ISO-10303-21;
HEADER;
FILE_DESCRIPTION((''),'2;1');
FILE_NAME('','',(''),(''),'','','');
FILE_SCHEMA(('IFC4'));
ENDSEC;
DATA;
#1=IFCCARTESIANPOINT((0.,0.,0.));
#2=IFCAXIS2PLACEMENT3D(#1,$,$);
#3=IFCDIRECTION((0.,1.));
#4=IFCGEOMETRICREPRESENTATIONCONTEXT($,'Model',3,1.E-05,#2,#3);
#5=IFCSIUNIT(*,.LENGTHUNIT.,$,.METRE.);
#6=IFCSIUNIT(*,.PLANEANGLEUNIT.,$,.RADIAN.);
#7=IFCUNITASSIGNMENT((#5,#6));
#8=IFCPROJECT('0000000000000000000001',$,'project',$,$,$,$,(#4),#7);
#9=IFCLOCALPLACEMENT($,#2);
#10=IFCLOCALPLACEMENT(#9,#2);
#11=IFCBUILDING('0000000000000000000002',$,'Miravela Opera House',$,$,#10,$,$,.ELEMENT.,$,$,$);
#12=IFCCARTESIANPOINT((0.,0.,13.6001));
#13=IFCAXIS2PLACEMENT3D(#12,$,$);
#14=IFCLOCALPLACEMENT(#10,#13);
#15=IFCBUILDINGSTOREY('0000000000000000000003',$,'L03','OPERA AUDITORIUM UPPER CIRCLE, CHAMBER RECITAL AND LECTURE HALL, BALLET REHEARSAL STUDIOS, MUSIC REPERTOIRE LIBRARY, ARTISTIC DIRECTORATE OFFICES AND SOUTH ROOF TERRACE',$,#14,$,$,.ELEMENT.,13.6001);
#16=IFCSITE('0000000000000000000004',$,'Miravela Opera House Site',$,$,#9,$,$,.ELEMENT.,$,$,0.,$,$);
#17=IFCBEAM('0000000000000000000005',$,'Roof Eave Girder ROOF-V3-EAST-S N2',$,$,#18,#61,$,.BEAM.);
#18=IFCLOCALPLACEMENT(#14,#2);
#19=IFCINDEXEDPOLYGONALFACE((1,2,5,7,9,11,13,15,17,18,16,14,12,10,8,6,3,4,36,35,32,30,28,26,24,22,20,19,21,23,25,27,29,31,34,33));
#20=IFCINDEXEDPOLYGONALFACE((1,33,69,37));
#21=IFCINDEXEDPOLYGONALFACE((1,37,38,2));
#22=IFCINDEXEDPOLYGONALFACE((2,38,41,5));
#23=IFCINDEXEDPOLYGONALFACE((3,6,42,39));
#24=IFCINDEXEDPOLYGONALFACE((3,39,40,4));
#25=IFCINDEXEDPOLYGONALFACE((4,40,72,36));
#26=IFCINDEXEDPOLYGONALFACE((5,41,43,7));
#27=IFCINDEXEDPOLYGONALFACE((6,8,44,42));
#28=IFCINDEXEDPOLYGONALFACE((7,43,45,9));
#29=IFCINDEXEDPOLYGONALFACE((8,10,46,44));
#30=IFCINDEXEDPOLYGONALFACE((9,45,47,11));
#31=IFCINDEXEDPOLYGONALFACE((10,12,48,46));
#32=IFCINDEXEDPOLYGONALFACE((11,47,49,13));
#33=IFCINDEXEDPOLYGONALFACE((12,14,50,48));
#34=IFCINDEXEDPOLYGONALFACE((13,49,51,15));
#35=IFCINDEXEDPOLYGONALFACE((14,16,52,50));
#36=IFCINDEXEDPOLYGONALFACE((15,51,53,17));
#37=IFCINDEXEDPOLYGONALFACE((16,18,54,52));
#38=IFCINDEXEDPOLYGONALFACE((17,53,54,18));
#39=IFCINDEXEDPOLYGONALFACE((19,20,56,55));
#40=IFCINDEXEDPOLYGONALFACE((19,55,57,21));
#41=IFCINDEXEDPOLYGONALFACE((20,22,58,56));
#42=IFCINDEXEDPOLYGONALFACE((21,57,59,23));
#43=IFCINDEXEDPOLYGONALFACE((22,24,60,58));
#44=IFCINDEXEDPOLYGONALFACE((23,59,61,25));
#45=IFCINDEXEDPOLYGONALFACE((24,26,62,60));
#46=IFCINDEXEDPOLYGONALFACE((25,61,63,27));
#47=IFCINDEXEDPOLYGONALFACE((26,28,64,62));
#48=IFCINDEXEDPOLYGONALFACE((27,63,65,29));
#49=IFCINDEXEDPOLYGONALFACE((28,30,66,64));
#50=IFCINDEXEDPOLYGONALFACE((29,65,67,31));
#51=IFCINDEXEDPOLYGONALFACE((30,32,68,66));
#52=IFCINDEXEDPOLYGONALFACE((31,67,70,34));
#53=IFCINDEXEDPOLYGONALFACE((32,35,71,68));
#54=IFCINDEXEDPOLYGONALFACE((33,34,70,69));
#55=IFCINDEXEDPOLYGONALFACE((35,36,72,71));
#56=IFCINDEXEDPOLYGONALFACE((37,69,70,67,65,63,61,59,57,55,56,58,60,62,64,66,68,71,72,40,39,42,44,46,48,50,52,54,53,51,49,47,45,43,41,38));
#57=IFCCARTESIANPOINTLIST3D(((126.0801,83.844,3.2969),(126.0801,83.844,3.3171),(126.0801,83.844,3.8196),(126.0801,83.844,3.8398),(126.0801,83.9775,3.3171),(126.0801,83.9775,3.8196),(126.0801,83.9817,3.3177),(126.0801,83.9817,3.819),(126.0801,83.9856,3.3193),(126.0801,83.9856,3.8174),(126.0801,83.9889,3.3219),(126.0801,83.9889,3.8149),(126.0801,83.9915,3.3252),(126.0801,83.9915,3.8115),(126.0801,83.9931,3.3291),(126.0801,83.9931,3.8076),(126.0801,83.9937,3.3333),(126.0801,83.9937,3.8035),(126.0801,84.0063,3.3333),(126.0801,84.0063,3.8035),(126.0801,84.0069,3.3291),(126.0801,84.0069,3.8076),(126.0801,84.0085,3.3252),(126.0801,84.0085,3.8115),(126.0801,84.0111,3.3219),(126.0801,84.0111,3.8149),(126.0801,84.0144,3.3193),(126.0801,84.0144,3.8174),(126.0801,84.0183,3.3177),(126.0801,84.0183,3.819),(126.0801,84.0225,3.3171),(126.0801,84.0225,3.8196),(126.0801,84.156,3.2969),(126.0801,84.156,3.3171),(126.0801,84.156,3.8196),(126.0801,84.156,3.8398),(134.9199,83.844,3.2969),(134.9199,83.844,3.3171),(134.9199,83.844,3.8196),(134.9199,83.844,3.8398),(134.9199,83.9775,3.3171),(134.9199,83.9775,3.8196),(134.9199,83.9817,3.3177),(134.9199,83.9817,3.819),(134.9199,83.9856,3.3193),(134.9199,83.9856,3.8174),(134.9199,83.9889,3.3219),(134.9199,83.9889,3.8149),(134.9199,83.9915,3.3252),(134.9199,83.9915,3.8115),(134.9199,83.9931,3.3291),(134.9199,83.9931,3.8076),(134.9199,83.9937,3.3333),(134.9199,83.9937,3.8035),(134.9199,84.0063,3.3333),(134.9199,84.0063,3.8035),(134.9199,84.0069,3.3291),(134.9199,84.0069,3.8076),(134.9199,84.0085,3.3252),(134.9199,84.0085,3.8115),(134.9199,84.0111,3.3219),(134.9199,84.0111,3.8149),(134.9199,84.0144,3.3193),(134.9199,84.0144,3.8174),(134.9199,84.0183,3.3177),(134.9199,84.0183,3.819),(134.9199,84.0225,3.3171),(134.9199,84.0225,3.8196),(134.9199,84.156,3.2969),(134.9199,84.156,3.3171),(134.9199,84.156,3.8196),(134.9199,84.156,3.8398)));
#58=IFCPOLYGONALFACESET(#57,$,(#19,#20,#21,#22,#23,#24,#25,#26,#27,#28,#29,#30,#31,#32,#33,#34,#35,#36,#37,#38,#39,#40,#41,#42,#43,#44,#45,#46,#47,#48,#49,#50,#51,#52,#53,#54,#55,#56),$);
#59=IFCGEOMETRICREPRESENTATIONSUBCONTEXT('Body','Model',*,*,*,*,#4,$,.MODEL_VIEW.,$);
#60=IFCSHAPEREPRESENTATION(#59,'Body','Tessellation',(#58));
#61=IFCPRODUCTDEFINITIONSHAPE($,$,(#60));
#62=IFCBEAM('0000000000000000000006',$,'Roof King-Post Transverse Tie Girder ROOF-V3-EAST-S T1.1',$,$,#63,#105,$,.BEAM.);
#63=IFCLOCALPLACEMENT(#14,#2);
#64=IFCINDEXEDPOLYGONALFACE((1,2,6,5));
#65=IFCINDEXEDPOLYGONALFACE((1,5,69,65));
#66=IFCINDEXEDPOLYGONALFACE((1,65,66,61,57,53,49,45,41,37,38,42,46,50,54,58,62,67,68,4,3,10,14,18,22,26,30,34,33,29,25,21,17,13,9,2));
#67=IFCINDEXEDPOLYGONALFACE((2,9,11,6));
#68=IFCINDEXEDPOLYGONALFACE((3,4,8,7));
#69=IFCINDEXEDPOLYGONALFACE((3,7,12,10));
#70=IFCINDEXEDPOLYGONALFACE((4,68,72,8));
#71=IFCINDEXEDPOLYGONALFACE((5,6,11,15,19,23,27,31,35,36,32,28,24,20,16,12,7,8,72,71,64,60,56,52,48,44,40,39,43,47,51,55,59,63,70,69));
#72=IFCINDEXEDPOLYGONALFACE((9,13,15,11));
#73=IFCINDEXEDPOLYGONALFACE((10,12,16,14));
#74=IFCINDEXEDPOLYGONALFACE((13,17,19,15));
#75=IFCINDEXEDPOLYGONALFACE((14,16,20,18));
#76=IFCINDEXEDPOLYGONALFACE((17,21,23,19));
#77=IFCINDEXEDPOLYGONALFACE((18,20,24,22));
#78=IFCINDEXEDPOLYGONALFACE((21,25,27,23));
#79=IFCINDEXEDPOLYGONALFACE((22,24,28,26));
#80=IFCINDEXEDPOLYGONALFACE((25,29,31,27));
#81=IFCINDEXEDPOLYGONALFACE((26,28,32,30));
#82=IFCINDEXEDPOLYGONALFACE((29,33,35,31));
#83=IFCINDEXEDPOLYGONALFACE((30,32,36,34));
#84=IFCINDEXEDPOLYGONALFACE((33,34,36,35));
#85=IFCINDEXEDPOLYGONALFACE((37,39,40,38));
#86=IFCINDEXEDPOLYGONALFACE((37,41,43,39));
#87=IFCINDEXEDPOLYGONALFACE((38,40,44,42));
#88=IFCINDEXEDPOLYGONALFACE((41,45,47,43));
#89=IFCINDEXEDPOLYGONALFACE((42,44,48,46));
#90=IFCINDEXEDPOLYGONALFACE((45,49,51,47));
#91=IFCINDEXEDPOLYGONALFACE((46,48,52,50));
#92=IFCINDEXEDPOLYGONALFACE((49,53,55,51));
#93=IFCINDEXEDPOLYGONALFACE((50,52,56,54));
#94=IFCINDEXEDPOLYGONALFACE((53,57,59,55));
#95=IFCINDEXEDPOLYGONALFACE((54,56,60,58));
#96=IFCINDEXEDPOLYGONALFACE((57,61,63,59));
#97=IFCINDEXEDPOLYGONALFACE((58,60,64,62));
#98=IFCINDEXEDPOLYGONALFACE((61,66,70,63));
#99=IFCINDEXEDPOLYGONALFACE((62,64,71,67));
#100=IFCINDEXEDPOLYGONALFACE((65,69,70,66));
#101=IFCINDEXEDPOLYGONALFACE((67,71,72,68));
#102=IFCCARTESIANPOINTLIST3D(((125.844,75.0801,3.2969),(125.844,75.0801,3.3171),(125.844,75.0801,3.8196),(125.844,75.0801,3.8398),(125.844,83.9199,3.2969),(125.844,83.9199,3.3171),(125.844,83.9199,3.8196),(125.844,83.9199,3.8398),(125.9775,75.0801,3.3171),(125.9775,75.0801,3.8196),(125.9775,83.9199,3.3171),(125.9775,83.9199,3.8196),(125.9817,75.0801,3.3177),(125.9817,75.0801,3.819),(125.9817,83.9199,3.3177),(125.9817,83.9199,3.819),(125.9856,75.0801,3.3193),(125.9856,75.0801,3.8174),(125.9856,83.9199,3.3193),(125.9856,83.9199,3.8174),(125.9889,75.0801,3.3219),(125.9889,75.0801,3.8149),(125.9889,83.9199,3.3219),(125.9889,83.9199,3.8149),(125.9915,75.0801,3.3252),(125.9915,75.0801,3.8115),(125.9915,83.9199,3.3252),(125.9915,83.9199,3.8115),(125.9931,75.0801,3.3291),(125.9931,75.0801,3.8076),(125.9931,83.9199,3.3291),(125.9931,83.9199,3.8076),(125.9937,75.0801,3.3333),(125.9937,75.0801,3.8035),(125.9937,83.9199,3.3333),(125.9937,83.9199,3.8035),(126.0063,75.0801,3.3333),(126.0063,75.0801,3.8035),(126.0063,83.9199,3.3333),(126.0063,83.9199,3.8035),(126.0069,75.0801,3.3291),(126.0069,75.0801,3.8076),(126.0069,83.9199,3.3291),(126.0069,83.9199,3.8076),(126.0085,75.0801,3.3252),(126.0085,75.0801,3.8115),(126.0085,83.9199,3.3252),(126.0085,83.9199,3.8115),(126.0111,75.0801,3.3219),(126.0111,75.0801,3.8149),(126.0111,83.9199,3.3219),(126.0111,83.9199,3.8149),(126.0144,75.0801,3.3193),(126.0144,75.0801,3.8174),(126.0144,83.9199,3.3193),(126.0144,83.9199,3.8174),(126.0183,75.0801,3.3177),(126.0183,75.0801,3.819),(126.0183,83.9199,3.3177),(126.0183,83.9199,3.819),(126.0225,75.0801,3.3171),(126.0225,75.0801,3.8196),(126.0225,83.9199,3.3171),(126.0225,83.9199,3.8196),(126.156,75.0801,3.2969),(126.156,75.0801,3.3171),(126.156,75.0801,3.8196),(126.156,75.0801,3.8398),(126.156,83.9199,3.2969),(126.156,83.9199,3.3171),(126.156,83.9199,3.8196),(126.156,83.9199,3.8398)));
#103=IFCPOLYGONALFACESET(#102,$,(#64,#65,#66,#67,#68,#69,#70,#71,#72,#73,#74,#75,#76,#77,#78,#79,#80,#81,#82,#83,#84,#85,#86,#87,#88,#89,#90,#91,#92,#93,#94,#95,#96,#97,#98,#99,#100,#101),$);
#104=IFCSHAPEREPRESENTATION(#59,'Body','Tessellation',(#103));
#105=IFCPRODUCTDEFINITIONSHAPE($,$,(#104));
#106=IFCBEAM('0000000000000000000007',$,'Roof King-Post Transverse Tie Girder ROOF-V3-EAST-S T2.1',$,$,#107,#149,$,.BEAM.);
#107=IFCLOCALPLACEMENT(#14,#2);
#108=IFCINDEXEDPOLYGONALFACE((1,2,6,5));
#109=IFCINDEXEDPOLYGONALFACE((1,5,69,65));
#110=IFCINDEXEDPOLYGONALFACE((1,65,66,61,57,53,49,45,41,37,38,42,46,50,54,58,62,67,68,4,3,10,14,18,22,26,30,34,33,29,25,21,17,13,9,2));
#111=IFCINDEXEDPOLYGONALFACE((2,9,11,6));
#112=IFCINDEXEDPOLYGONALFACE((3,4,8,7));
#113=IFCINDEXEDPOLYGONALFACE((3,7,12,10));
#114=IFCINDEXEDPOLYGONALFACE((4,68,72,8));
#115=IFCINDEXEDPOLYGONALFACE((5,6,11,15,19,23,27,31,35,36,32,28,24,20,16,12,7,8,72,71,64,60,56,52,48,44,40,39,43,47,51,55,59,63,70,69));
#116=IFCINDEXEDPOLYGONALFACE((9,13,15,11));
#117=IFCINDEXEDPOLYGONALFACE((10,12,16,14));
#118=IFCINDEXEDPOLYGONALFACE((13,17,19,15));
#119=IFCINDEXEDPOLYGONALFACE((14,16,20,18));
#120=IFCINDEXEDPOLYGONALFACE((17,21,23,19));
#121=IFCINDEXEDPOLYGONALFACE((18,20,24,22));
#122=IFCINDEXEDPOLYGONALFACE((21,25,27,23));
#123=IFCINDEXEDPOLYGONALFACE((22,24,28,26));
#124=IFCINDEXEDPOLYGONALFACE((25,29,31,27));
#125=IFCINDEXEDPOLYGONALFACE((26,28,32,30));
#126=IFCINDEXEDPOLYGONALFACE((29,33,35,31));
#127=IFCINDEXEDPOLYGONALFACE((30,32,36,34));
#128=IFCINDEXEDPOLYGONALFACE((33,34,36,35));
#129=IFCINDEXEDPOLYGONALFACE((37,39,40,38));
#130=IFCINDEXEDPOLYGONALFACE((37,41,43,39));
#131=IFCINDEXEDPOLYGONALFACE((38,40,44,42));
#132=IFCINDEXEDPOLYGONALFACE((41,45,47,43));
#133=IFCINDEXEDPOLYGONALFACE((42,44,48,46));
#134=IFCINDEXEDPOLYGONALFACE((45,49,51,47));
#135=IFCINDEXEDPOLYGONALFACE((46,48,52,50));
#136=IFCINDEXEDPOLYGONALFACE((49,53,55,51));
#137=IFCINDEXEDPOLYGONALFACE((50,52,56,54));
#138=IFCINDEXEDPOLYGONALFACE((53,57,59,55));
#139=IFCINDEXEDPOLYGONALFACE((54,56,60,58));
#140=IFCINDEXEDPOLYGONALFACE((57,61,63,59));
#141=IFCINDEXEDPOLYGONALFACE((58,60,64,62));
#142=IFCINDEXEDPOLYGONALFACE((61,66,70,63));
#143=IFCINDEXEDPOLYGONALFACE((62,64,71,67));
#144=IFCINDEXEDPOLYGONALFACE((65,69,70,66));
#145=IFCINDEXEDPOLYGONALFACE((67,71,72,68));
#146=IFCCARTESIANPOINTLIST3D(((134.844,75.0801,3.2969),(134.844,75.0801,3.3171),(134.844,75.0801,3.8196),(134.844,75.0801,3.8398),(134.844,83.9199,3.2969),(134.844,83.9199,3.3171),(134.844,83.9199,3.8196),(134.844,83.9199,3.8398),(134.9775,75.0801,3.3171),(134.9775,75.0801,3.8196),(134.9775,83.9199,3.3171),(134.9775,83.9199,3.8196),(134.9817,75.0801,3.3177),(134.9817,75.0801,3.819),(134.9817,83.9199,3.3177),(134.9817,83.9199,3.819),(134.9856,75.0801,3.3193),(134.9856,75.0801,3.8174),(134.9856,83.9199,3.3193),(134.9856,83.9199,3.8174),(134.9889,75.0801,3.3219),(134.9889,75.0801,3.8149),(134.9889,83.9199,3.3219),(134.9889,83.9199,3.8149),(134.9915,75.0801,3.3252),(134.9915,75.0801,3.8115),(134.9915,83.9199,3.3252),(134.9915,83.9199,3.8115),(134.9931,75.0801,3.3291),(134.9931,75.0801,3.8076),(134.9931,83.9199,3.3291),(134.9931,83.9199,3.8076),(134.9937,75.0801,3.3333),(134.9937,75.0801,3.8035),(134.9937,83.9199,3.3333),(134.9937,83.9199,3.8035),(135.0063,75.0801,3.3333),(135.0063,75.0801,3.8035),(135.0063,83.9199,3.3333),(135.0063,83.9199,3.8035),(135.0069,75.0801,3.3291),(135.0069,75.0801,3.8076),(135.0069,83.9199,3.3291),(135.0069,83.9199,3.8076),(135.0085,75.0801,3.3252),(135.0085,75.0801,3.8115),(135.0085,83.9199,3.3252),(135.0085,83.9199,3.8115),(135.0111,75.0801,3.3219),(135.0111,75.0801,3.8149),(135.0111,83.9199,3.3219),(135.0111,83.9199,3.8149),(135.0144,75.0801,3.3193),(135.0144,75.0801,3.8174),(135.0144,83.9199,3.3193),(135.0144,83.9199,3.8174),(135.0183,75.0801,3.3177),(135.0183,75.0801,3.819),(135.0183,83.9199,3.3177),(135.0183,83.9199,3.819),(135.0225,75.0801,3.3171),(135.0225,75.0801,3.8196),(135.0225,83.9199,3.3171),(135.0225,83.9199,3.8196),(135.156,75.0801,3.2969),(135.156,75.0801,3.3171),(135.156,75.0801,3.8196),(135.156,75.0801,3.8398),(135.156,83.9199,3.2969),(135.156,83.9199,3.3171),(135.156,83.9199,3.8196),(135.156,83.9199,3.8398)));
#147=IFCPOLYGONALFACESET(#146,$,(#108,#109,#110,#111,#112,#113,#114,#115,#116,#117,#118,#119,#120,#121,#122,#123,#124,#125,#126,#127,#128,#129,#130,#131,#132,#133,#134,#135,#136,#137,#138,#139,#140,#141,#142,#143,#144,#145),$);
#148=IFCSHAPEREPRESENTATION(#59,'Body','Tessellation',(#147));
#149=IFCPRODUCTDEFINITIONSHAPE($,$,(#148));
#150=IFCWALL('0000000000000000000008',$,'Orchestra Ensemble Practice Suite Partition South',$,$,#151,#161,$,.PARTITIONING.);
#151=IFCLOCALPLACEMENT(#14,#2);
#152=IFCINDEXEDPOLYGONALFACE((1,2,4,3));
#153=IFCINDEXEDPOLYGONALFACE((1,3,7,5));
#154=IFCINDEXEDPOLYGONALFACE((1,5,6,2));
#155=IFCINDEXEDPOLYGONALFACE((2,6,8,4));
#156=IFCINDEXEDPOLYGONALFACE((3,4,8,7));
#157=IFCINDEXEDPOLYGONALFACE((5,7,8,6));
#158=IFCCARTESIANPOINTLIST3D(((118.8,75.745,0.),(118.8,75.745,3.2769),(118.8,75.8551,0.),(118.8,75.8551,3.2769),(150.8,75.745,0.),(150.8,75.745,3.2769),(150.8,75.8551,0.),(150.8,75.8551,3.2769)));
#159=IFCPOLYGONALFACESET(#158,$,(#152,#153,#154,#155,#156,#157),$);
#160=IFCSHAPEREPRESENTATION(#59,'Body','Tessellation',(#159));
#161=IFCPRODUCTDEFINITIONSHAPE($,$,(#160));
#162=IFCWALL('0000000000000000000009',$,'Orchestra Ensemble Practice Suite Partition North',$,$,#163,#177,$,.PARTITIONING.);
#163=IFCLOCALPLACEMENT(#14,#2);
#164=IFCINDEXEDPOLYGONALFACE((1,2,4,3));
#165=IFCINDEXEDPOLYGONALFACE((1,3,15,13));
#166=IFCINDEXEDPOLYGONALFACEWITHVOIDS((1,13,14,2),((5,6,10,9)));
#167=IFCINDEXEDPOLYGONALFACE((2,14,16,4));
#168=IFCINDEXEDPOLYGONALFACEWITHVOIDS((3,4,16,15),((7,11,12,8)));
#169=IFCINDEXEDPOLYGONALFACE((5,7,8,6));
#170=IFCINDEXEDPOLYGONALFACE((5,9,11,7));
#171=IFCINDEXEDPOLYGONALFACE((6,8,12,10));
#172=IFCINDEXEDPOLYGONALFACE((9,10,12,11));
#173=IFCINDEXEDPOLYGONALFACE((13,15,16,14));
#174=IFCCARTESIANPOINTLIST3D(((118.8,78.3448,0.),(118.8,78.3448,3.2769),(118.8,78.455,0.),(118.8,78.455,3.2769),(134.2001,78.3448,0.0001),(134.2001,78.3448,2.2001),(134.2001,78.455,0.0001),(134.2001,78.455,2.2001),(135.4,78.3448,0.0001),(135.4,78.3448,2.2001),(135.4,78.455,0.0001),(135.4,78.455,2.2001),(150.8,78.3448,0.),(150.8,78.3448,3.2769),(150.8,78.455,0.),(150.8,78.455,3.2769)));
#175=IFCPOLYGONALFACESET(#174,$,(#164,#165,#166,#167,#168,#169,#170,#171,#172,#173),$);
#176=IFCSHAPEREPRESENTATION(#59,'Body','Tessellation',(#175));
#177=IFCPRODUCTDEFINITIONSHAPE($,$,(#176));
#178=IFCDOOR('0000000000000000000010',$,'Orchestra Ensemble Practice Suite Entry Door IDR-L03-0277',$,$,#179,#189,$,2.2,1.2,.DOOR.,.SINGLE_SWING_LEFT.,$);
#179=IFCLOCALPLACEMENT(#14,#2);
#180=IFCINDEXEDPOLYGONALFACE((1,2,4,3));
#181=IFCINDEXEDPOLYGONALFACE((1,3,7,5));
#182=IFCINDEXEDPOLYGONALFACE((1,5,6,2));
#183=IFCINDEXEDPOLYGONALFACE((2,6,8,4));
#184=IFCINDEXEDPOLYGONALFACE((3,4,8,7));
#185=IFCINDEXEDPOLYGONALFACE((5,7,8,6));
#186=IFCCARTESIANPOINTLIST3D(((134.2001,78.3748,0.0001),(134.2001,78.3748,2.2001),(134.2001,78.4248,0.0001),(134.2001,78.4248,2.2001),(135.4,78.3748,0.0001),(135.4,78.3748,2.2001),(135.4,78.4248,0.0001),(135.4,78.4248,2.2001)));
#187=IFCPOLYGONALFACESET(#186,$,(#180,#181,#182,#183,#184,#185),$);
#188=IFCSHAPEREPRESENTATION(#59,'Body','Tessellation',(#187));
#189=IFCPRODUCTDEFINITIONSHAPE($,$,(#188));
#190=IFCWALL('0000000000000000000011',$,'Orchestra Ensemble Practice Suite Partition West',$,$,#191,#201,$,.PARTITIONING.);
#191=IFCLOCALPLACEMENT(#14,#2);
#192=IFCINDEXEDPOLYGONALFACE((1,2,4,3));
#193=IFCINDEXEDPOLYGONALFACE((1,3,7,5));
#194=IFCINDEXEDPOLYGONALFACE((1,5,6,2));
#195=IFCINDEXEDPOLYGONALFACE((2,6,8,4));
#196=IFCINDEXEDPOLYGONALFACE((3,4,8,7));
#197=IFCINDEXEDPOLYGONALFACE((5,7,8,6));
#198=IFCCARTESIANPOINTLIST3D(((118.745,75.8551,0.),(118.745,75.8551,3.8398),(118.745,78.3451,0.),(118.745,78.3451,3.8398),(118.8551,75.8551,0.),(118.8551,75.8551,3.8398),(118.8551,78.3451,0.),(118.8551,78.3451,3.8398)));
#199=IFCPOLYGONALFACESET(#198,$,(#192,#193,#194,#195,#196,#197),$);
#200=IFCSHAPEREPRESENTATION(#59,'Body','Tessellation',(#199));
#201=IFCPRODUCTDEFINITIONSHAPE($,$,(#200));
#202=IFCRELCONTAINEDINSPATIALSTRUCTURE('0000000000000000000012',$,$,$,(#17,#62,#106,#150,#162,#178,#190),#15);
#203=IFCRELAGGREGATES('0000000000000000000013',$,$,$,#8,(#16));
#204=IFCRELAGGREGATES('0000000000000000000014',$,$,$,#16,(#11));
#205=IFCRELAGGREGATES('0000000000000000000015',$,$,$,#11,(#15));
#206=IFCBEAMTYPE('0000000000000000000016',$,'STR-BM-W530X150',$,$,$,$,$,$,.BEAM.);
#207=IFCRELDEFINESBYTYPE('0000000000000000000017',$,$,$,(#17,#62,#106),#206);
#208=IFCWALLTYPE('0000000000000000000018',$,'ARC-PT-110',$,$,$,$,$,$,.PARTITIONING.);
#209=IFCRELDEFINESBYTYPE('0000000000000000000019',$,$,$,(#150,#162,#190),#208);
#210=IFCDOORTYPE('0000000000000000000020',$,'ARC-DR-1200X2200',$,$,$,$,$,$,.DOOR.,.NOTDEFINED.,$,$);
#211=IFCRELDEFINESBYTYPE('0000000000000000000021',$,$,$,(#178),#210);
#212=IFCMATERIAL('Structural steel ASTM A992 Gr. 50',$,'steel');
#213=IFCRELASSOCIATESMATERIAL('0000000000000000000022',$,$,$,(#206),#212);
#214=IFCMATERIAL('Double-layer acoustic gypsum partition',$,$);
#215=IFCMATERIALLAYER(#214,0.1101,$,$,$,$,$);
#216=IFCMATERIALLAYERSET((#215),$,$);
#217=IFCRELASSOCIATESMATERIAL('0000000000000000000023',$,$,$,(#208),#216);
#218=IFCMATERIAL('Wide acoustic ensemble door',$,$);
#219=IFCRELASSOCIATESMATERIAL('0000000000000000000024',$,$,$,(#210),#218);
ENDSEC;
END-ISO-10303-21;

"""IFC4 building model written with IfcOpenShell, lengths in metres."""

from ifc_helpers import new_model, si_unit, direction, frame, frame_2d, origin, origin_2d, place, context, subcontext, project, spatial, rectangle, i_section, extrude, material, layer, layer_set, material_profile, profile_set, type_object, element, fill, save


model = new_model("IFC4")

# Units and contexts
model_context = context("Model", 3, precision=1e-05, world=origin(), true_north=direction((0.0, 1.0)))
body_context = subcontext(model_context, "Body", "Model", "MODEL_VIEW")
ifc_project = project(units=[si_unit("LENGTHUNIT", "METRE"), si_unit("PLANEANGLEUNIT", "RADIAN")], contexts=[model_context])

# Site, building, storey
site_placement = place(None, origin())
site = spatial("IfcSite", under=ifc_project, at=site_placement, Name="Miravela Opera House Site", CompositionType="ELEMENT", RefElevation=0.0)
building_placement = place(site_placement, origin())
building = spatial("IfcBuilding", under=site, at=building_placement, Name="Miravela Opera House", CompositionType="ELEMENT")
storey_placement = place(building_placement, frame((0.0, 0.0, 13.6001)))
storey = spatial("IfcBuildingStorey", under=building, at=storey_placement, Name="L03", Description="OPERA AUDITORIUM UPPER CIRCLE, CHAMBER RECITAL AND LECTURE HALL, BALLET REHEARSAL STUDIOS, MUSIC REPERTOIRE LIBRARY, ARTISTIC DIRECTORATE OFFICES AND SOUTH ROOF TERRACE", CompositionType="ELEMENT", Elevation=13.6001)

# Beams
ifc_material_1 = material(Name="Structural steel ASTM A992 Gr. 50", Category="steel")
ifc_material_profile_1 = material_profile(ifc_material_1, i_section(OverallWidth=0.312, OverallDepth=0.543, WebThickness=0.0127, FlangeThickness=0.0203, FilletRadius=0.0161, at=origin_2d()), Name="W530X150")
ifc_profile_set_1 = profile_set([ifc_material_profile_1])
beam_type_1 = type_object("IfcBeamType", Name="STR-BM-W530X150", PredefinedType="BEAM", material=ifc_profile_set_1)
for number, where, z_axis, x_axis, name in (
    (1, (126.0801, 84.0, 3.5684), (1.0, 0.0, 0.0), (0.0, 1.0, 0.0), "Roof Eave Girder ROOF-V3-EAST-S N2"),
    (2, (126.0, 75.0801, 3.5684), (0.0, 1.0, 0.0), (-1.0, 0.0, 0.0), "Roof King-Post Transverse Tie Girder ROOF-V3-EAST-S T1.1"),
    (3, (135.0, 75.0801, 3.5684), (0.0, 1.0, 0.0), (-1.0, 0.0, 0.0), "Roof King-Post Transverse Tie Girder ROOF-V3-EAST-S T2.1"),
):
    element("IfcBeam", number, at=place(storey_placement, frame(where, z_axis=z_axis, x_axis=x_axis)), inside=storey, type_object=beam_type_1, Name=name, PredefinedType="BEAM", context=body_context, shape_type="SweptSolid", body=[
        extrude(i_section(OverallWidth=0.312, OverallDepth=0.543, WebThickness=0.0127, FlangeThickness=0.0203, FilletRadius=0.0161, at=origin_2d()), origin(), (0.0, 0.0, 1.0), 8.8398),
    ])

# Wall
ifc_material_2 = material(Name="Double-layer acoustic gypsum partition")
ifc_layer_1 = layer(ifc_material_2, 0.1101)
ifc_layer_set_1 = layer_set([ifc_layer_1])
wall_type_1 = type_object("IfcWallType", Name="ARC-PT-110", PredefinedType="PARTITIONING", material=ifc_layer_set_1)
wall_1_placement = place(storey_placement, frame((118.8, 75.8, 0.0), z_axis=(0.0, 0.0, 1.0), x_axis=(1.0, 0.0, 0.0)))
element("IfcWall", 4, at=wall_1_placement, inside=storey, type_object=wall_type_1, Name="Orchestra Ensemble Practice Suite Partition South", PredefinedType="PARTITIONING", context=body_context, shape_type="SweptSolid", body=[
    extrude(rectangle(XDim=32.0, YDim=0.1101, at=frame_2d((16.0, 0.0))), origin(), (0.0, 0.0, 1.0), 3.2769),
])

# Wall, opening, door
wall_2_placement = place(storey_placement, frame((118.8, 78.3999, 0.0), z_axis=(0.0, 0.0, 1.0), x_axis=(1.0, 0.0, 0.0)))
wall_2 = element("IfcWall", 5, at=wall_2_placement, inside=storey, type_object=wall_type_1, Name="Orchestra Ensemble Practice Suite Partition North", PredefinedType="PARTITIONING", context=body_context, shape_type="SweptSolid", body=[
    extrude(rectangle(XDim=32.0, YDim=0.1101, at=frame_2d((16.0, 0.0))), origin(), (0.0, 0.0, 1.0), 3.2769),
])
opening_1_placement = place(wall_2_placement, frame((15.3999, 0.0, 0.0)))
opening_1 = element("IfcOpeningElement", 6, at=opening_1_placement, cuts=wall_2, PredefinedType="OPENING", context=body_context, shape_type="SweptSolid", body=[
    extrude(rectangle(XDim=1.2, YDim=2.2, at=frame_2d((0.6001, 1.1001))), frame((0.0, 0.0649, 0.0), z_axis=(0.0, -1.0, 0.0), x_axis=(1.0, 0.0, 0.0)), (0.0, 0.0, 1.0), 0.1301),
])
ifc_material_3 = material(Name="Wide acoustic ensemble door")
door_type_1 = type_object("IfcDoorType", Name="ARC-DR-1200X2200", OperationType="NOTDEFINED", PredefinedType="DOOR", material=ifc_material_3)
door_1_placement = place(opening_1_placement, origin())
door_1 = element("IfcDoor", 7, at=door_1_placement, inside=storey, type_object=door_type_1, Name="Orchestra Ensemble Practice Suite Entry Door IDR-L03-0277", OperationType="SINGLE_SWING_LEFT", OverallHeight=2.2, OverallWidth=1.2, PredefinedType="DOOR", context=body_context, shape_type="SweptSolid", body=[
    extrude(rectangle(XDim=1.2, YDim=2.2, at=frame_2d((0.6001, 1.1001))), frame((0.0, 0.0249, 0.0), z_axis=(0.0, -1.0, 0.0), x_axis=(1.0, 0.0, 0.0)), (0.0, 0.0, 1.0), 0.05),
])
fill(opening_1, door_1)

# Wall
wall_3_placement = place(storey_placement, frame((118.8, 75.855, 0.0), z_axis=(0.0, 0.0, 1.0), x_axis=(0.0, 1.0, 0.0)))
element("IfcWall", 8, at=wall_3_placement, inside=storey, type_object=wall_type_1, Name="Orchestra Ensemble Practice Suite Partition West", PredefinedType="PARTITIONING", context=body_context, shape_type="SweptSolid", body=[
    extrude(rectangle(XDim=2.49, YDim=0.1101, at=frame_2d((1.2451, 0.0))), origin(), (0.0, 0.0, 1.0), 3.8398),
])

save(model, "model.ifc")
